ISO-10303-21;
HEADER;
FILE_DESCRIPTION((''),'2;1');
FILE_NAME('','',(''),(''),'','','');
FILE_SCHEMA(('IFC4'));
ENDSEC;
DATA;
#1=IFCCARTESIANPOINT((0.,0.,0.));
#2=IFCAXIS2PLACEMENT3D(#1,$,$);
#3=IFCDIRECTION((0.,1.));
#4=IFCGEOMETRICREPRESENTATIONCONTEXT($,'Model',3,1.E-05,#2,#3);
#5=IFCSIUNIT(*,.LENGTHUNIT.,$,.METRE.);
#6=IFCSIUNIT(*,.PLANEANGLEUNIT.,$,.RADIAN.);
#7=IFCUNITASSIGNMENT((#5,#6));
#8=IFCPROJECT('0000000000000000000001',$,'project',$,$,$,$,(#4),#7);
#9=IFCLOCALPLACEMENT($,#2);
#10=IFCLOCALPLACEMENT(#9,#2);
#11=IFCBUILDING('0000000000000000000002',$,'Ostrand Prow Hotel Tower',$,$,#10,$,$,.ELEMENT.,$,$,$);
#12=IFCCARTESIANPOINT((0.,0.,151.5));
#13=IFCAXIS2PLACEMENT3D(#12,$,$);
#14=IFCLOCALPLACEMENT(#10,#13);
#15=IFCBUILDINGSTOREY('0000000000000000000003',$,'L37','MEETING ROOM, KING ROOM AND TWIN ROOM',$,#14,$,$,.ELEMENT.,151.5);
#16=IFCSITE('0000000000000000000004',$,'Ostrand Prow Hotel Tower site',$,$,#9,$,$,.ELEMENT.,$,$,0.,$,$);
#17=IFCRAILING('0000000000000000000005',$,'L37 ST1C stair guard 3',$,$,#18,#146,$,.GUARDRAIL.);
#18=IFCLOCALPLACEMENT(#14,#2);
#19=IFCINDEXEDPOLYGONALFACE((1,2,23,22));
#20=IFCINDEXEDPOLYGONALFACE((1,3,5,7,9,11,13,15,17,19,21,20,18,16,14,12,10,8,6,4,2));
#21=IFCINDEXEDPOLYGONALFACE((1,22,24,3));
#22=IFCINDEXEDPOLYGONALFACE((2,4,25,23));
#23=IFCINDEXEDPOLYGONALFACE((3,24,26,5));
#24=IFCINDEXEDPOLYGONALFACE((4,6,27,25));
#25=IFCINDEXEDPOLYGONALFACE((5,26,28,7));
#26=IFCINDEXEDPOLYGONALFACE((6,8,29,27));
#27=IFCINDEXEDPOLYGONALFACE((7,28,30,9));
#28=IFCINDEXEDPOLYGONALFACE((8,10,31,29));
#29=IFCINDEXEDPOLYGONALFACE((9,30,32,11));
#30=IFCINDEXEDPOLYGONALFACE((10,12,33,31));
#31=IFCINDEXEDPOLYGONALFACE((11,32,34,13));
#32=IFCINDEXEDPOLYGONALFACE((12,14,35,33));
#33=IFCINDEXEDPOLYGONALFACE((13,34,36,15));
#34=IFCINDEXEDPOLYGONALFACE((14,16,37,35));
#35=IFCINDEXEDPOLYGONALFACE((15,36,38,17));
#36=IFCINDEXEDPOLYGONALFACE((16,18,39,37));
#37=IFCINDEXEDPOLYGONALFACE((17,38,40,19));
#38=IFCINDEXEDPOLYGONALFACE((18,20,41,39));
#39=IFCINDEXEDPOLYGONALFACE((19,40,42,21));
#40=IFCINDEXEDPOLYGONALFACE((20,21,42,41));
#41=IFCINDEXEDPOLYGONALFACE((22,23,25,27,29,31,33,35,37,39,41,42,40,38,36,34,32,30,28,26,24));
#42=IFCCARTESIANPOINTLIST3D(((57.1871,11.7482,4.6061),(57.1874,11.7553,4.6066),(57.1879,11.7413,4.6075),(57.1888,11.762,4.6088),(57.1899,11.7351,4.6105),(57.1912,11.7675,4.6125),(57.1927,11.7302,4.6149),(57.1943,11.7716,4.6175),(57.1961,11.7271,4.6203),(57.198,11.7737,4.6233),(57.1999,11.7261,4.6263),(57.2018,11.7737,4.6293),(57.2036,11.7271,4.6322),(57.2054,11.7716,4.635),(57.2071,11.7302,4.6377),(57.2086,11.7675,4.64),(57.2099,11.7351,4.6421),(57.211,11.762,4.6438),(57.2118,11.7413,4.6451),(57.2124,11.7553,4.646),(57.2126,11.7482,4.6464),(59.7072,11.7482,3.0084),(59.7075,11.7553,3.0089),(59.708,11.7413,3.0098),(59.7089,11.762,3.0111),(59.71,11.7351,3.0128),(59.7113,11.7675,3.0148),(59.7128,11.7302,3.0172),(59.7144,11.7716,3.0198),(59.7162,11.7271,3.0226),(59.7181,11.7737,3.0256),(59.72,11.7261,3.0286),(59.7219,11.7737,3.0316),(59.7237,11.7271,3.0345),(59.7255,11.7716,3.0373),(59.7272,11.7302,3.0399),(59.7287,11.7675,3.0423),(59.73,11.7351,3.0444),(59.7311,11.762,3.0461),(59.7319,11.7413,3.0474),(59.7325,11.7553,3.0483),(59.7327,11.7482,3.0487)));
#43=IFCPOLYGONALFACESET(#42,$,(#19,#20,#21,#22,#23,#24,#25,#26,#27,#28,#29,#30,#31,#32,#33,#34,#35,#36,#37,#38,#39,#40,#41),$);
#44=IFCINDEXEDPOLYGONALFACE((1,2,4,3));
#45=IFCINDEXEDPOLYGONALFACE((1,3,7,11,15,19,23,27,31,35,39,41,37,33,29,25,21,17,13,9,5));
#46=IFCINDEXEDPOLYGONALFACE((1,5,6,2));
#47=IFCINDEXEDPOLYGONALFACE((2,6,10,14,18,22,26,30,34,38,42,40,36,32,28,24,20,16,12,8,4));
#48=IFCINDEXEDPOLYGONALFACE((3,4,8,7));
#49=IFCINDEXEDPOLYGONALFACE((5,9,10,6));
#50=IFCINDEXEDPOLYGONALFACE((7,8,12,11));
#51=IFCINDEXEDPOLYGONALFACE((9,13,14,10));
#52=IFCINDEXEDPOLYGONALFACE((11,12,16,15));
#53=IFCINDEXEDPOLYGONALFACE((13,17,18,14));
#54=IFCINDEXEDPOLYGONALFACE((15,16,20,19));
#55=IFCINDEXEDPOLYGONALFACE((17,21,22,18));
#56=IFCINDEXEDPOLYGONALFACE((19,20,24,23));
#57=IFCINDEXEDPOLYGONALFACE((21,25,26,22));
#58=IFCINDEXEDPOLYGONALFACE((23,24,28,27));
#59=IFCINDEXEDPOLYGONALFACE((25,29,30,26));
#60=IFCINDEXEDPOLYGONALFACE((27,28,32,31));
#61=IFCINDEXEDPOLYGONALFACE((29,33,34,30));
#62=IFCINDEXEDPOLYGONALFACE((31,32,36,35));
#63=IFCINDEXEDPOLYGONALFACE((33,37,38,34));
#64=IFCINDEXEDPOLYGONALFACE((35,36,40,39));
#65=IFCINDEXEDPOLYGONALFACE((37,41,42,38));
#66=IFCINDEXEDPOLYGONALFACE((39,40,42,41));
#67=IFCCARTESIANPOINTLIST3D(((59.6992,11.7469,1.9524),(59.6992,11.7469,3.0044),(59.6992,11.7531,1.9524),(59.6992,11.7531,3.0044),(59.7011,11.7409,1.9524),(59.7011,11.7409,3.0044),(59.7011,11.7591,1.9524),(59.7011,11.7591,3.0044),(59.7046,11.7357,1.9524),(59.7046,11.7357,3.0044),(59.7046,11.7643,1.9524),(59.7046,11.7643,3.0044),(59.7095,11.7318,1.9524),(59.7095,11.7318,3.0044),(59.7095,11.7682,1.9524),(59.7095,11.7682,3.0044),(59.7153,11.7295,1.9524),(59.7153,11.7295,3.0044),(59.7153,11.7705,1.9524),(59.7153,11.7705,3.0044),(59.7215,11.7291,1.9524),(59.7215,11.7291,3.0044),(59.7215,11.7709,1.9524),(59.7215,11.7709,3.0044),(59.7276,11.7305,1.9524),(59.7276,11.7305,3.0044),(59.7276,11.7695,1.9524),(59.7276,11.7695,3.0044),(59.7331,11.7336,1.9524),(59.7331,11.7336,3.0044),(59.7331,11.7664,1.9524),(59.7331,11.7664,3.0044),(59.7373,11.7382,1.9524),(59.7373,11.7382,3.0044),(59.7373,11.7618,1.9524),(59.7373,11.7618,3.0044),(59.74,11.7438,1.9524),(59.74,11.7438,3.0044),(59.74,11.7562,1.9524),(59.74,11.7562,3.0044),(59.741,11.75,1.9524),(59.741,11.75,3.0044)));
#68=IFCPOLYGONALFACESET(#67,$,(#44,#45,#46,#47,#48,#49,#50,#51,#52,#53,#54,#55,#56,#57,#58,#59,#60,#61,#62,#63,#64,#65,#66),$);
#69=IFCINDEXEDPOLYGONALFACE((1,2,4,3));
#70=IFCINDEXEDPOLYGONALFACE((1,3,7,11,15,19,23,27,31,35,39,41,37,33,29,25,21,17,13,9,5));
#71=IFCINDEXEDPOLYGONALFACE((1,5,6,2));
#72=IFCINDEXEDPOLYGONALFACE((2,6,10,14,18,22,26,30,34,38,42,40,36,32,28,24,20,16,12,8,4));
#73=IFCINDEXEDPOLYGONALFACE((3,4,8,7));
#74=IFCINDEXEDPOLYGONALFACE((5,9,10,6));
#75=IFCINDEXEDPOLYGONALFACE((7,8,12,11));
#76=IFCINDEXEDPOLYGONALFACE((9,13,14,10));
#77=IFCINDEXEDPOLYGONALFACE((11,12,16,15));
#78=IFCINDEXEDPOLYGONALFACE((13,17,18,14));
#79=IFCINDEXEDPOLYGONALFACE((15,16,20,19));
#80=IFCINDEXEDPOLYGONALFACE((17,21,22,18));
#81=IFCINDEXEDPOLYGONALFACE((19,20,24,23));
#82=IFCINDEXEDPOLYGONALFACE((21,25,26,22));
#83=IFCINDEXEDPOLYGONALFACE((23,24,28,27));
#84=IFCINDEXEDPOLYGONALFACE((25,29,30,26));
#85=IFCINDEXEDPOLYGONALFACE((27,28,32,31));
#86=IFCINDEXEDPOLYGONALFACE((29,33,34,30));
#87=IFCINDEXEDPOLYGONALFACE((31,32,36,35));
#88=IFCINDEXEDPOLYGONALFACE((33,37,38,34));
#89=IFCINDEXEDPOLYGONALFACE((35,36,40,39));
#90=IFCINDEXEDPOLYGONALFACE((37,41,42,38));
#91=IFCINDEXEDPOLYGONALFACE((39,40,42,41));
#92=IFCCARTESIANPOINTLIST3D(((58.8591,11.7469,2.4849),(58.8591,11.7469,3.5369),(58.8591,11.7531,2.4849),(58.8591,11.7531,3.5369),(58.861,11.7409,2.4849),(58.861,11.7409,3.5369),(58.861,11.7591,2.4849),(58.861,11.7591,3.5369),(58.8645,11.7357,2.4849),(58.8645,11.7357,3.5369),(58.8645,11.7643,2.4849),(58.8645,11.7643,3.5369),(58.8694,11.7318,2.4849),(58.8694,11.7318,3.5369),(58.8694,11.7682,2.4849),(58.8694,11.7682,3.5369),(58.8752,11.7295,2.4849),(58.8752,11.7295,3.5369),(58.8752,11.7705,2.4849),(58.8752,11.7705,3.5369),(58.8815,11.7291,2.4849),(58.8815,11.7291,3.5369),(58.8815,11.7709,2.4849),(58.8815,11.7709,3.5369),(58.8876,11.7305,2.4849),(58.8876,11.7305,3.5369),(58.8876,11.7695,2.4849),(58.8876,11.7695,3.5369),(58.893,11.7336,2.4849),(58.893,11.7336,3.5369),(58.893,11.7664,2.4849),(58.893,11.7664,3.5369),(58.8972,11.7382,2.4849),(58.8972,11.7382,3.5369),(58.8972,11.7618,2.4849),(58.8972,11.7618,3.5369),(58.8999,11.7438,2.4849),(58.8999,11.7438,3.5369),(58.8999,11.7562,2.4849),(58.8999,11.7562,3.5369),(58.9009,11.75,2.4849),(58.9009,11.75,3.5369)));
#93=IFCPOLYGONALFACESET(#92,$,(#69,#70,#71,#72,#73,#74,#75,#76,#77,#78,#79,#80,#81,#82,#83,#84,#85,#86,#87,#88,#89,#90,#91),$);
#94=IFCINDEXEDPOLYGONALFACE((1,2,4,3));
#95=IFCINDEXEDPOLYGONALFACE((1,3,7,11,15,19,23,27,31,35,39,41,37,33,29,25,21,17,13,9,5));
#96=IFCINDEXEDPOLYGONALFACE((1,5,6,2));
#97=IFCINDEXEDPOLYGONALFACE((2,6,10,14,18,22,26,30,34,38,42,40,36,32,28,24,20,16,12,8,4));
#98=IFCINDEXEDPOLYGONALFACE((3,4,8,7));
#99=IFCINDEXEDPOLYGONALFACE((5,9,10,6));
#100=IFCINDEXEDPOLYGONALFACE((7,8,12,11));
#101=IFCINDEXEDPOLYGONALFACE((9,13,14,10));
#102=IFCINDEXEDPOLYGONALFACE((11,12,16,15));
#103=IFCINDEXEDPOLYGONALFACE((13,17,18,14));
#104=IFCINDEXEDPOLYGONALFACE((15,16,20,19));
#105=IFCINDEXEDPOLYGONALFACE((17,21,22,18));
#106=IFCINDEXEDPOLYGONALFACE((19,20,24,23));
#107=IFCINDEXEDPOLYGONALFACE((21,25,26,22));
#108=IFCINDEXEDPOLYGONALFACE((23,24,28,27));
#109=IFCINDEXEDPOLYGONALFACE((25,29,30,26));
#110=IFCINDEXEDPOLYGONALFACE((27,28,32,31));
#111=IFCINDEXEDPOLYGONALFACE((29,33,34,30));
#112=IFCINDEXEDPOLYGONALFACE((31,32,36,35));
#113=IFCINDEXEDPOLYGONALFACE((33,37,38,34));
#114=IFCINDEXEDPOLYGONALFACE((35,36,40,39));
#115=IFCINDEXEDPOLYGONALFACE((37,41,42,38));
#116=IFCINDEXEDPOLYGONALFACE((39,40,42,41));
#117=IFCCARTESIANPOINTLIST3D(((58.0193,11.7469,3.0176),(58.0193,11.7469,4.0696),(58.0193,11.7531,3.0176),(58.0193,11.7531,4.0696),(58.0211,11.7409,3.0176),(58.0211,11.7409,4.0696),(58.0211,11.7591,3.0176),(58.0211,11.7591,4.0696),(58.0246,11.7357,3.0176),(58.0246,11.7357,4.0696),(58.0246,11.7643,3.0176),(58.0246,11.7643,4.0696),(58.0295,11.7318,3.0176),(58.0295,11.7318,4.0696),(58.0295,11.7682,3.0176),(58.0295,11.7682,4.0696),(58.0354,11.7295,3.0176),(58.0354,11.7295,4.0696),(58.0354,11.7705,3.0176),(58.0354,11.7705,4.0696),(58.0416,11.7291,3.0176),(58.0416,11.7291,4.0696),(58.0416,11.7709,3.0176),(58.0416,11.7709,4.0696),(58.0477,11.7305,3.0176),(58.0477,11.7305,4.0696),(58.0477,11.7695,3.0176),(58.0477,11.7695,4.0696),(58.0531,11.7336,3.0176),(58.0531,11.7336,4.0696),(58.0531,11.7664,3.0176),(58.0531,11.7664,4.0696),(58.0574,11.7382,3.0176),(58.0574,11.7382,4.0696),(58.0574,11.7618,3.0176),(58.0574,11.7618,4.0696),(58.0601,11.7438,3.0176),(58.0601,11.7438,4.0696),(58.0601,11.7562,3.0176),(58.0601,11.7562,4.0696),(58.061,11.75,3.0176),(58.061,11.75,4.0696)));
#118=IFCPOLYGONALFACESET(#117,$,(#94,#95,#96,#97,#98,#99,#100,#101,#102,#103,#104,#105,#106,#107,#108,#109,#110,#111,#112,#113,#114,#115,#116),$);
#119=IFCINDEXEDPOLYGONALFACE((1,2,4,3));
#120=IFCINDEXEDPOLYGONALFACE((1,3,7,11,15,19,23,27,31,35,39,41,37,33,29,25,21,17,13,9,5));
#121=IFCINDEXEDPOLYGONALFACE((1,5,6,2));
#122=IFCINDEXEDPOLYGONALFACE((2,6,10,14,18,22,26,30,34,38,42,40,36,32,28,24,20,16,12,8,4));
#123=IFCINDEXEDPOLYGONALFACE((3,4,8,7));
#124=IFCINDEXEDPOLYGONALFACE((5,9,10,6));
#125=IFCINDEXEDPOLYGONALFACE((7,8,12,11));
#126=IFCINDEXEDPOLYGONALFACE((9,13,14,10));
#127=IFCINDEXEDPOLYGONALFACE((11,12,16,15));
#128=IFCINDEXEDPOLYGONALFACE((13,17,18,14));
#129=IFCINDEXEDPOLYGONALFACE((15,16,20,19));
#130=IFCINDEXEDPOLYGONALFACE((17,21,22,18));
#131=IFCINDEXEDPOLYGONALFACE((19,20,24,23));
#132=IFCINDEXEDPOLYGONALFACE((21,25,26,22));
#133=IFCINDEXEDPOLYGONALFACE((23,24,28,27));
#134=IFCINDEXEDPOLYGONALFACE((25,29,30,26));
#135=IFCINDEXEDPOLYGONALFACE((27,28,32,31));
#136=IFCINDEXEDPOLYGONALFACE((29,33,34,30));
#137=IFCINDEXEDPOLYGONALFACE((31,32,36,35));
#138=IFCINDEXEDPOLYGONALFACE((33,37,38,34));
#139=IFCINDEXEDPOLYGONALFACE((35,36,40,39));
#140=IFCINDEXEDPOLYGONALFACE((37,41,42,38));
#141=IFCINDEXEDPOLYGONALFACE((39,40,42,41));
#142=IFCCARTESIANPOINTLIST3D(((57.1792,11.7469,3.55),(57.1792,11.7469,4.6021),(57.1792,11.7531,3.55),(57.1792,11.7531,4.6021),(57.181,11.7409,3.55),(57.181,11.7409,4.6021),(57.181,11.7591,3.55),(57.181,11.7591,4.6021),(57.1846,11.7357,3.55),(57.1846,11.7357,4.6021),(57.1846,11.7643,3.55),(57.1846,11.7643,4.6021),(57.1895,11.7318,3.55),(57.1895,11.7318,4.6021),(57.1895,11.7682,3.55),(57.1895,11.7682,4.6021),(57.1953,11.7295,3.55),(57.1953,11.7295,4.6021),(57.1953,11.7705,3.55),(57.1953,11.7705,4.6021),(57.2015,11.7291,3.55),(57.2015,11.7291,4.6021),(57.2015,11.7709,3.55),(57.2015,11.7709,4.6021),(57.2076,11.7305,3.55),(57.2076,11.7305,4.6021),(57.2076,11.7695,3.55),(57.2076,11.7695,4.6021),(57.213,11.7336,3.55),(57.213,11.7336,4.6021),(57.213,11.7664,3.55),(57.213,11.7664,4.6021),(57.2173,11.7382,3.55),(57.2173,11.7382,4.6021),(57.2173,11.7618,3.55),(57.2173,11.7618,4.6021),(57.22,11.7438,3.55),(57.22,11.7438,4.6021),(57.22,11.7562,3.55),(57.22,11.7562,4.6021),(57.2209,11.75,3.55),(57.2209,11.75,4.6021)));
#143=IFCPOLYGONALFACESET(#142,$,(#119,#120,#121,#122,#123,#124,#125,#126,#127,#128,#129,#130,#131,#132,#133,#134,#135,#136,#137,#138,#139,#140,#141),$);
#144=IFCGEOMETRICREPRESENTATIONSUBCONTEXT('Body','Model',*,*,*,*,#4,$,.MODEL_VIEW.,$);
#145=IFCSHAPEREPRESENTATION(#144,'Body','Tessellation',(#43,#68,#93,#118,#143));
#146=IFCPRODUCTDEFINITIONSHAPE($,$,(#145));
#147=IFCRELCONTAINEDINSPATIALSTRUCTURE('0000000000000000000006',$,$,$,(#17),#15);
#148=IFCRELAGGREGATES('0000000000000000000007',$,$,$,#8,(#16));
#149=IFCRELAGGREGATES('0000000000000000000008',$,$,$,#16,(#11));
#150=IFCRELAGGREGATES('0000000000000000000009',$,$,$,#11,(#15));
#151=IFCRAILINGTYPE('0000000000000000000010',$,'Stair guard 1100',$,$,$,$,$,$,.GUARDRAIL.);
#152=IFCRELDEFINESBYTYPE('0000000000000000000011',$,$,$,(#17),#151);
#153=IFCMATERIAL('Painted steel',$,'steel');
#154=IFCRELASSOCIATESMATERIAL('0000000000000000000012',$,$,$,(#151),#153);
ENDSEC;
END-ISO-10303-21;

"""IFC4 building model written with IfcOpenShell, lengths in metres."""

from ifc_helpers import new_model, si_unit, direction, frame, origin, origin_2d, place, context, subcontext, project, spatial, circle, extrude, material, type_object, element, save


model = new_model("IFC4")

# Units and contexts
model_context = context("Model", 3, precision=1e-05, world=origin(), true_north=direction((0.0, 1.0)))
body_context = subcontext(model_context, "Body", "Model", "MODEL_VIEW")
ifc_project = project(units=[si_unit("LENGTHUNIT", "METRE"), si_unit("PLANEANGLEUNIT", "RADIAN")], contexts=[model_context])

# Site, building, storey
site_placement = place(None, origin())
site = spatial("IfcSite", under=ifc_project, at=site_placement, Name="Ostrand Prow Hotel Tower site", CompositionType="ELEMENT", RefElevation=0.0)
building_placement = place(site_placement, origin())
building = spatial("IfcBuilding", under=site, at=building_placement, Name="Ostrand Prow Hotel Tower", CompositionType="ELEMENT")
storey_placement = place(building_placement, frame((0.0, 0.0, 151.5)))
storey = spatial("IfcBuildingStorey", under=building, at=storey_placement, Name="L37", Description="MEETING ROOM, KING ROOM AND TWIN ROOM", CompositionType="ELEMENT", Elevation=151.5)

# Railing
ifc_material_1 = material(Name="Painted steel", Category="steel")
railing_type_1 = type_object("IfcRailingType", Name="Stair guard 1100", PredefinedType="GUARDRAIL", material=ifc_material_1)
railing_1_placement = place(storey_placement, frame((59.72, 11.75, 1.9524)))
element("IfcRailing", 1, at=railing_1_placement, inside=storey, type_object=railing_type_1, Name="L37 ST1C stair guard 3", PredefinedType="GUARDRAIL", context=body_context, shape_type="SweptSolid", body=[
    extrude(circle(Radius=0.0239, at=origin_2d()), frame((0.0, 0.0, 1.0762), z_axis=(-0.84457, 0.0, 0.535445), x_axis=(0.0, -1.0, 0.0)), (0.0, 0.0, 1.0), 2.9839),
    extrude(circle(Radius=0.021, at=origin_2d()), origin(), (0.0, 0.0, 1.0), 1.052),
    extrude(circle(Radius=0.021, at=origin_2d()), frame((-0.8401, 0.0, 0.5325)), (0.0, 0.0, 1.0), 1.052),
    extrude(circle(Radius=0.021, at=origin_2d()), frame((-1.6799, 0.0, 1.0652)), (0.0, 0.0, 1.0), 1.052),
    extrude(circle(Radius=0.021, at=origin_2d()), frame((-2.52, 0.0, 1.5977)), (0.0, 0.0, 1.0), 1.052),
])

save(model, "model.ifc")
